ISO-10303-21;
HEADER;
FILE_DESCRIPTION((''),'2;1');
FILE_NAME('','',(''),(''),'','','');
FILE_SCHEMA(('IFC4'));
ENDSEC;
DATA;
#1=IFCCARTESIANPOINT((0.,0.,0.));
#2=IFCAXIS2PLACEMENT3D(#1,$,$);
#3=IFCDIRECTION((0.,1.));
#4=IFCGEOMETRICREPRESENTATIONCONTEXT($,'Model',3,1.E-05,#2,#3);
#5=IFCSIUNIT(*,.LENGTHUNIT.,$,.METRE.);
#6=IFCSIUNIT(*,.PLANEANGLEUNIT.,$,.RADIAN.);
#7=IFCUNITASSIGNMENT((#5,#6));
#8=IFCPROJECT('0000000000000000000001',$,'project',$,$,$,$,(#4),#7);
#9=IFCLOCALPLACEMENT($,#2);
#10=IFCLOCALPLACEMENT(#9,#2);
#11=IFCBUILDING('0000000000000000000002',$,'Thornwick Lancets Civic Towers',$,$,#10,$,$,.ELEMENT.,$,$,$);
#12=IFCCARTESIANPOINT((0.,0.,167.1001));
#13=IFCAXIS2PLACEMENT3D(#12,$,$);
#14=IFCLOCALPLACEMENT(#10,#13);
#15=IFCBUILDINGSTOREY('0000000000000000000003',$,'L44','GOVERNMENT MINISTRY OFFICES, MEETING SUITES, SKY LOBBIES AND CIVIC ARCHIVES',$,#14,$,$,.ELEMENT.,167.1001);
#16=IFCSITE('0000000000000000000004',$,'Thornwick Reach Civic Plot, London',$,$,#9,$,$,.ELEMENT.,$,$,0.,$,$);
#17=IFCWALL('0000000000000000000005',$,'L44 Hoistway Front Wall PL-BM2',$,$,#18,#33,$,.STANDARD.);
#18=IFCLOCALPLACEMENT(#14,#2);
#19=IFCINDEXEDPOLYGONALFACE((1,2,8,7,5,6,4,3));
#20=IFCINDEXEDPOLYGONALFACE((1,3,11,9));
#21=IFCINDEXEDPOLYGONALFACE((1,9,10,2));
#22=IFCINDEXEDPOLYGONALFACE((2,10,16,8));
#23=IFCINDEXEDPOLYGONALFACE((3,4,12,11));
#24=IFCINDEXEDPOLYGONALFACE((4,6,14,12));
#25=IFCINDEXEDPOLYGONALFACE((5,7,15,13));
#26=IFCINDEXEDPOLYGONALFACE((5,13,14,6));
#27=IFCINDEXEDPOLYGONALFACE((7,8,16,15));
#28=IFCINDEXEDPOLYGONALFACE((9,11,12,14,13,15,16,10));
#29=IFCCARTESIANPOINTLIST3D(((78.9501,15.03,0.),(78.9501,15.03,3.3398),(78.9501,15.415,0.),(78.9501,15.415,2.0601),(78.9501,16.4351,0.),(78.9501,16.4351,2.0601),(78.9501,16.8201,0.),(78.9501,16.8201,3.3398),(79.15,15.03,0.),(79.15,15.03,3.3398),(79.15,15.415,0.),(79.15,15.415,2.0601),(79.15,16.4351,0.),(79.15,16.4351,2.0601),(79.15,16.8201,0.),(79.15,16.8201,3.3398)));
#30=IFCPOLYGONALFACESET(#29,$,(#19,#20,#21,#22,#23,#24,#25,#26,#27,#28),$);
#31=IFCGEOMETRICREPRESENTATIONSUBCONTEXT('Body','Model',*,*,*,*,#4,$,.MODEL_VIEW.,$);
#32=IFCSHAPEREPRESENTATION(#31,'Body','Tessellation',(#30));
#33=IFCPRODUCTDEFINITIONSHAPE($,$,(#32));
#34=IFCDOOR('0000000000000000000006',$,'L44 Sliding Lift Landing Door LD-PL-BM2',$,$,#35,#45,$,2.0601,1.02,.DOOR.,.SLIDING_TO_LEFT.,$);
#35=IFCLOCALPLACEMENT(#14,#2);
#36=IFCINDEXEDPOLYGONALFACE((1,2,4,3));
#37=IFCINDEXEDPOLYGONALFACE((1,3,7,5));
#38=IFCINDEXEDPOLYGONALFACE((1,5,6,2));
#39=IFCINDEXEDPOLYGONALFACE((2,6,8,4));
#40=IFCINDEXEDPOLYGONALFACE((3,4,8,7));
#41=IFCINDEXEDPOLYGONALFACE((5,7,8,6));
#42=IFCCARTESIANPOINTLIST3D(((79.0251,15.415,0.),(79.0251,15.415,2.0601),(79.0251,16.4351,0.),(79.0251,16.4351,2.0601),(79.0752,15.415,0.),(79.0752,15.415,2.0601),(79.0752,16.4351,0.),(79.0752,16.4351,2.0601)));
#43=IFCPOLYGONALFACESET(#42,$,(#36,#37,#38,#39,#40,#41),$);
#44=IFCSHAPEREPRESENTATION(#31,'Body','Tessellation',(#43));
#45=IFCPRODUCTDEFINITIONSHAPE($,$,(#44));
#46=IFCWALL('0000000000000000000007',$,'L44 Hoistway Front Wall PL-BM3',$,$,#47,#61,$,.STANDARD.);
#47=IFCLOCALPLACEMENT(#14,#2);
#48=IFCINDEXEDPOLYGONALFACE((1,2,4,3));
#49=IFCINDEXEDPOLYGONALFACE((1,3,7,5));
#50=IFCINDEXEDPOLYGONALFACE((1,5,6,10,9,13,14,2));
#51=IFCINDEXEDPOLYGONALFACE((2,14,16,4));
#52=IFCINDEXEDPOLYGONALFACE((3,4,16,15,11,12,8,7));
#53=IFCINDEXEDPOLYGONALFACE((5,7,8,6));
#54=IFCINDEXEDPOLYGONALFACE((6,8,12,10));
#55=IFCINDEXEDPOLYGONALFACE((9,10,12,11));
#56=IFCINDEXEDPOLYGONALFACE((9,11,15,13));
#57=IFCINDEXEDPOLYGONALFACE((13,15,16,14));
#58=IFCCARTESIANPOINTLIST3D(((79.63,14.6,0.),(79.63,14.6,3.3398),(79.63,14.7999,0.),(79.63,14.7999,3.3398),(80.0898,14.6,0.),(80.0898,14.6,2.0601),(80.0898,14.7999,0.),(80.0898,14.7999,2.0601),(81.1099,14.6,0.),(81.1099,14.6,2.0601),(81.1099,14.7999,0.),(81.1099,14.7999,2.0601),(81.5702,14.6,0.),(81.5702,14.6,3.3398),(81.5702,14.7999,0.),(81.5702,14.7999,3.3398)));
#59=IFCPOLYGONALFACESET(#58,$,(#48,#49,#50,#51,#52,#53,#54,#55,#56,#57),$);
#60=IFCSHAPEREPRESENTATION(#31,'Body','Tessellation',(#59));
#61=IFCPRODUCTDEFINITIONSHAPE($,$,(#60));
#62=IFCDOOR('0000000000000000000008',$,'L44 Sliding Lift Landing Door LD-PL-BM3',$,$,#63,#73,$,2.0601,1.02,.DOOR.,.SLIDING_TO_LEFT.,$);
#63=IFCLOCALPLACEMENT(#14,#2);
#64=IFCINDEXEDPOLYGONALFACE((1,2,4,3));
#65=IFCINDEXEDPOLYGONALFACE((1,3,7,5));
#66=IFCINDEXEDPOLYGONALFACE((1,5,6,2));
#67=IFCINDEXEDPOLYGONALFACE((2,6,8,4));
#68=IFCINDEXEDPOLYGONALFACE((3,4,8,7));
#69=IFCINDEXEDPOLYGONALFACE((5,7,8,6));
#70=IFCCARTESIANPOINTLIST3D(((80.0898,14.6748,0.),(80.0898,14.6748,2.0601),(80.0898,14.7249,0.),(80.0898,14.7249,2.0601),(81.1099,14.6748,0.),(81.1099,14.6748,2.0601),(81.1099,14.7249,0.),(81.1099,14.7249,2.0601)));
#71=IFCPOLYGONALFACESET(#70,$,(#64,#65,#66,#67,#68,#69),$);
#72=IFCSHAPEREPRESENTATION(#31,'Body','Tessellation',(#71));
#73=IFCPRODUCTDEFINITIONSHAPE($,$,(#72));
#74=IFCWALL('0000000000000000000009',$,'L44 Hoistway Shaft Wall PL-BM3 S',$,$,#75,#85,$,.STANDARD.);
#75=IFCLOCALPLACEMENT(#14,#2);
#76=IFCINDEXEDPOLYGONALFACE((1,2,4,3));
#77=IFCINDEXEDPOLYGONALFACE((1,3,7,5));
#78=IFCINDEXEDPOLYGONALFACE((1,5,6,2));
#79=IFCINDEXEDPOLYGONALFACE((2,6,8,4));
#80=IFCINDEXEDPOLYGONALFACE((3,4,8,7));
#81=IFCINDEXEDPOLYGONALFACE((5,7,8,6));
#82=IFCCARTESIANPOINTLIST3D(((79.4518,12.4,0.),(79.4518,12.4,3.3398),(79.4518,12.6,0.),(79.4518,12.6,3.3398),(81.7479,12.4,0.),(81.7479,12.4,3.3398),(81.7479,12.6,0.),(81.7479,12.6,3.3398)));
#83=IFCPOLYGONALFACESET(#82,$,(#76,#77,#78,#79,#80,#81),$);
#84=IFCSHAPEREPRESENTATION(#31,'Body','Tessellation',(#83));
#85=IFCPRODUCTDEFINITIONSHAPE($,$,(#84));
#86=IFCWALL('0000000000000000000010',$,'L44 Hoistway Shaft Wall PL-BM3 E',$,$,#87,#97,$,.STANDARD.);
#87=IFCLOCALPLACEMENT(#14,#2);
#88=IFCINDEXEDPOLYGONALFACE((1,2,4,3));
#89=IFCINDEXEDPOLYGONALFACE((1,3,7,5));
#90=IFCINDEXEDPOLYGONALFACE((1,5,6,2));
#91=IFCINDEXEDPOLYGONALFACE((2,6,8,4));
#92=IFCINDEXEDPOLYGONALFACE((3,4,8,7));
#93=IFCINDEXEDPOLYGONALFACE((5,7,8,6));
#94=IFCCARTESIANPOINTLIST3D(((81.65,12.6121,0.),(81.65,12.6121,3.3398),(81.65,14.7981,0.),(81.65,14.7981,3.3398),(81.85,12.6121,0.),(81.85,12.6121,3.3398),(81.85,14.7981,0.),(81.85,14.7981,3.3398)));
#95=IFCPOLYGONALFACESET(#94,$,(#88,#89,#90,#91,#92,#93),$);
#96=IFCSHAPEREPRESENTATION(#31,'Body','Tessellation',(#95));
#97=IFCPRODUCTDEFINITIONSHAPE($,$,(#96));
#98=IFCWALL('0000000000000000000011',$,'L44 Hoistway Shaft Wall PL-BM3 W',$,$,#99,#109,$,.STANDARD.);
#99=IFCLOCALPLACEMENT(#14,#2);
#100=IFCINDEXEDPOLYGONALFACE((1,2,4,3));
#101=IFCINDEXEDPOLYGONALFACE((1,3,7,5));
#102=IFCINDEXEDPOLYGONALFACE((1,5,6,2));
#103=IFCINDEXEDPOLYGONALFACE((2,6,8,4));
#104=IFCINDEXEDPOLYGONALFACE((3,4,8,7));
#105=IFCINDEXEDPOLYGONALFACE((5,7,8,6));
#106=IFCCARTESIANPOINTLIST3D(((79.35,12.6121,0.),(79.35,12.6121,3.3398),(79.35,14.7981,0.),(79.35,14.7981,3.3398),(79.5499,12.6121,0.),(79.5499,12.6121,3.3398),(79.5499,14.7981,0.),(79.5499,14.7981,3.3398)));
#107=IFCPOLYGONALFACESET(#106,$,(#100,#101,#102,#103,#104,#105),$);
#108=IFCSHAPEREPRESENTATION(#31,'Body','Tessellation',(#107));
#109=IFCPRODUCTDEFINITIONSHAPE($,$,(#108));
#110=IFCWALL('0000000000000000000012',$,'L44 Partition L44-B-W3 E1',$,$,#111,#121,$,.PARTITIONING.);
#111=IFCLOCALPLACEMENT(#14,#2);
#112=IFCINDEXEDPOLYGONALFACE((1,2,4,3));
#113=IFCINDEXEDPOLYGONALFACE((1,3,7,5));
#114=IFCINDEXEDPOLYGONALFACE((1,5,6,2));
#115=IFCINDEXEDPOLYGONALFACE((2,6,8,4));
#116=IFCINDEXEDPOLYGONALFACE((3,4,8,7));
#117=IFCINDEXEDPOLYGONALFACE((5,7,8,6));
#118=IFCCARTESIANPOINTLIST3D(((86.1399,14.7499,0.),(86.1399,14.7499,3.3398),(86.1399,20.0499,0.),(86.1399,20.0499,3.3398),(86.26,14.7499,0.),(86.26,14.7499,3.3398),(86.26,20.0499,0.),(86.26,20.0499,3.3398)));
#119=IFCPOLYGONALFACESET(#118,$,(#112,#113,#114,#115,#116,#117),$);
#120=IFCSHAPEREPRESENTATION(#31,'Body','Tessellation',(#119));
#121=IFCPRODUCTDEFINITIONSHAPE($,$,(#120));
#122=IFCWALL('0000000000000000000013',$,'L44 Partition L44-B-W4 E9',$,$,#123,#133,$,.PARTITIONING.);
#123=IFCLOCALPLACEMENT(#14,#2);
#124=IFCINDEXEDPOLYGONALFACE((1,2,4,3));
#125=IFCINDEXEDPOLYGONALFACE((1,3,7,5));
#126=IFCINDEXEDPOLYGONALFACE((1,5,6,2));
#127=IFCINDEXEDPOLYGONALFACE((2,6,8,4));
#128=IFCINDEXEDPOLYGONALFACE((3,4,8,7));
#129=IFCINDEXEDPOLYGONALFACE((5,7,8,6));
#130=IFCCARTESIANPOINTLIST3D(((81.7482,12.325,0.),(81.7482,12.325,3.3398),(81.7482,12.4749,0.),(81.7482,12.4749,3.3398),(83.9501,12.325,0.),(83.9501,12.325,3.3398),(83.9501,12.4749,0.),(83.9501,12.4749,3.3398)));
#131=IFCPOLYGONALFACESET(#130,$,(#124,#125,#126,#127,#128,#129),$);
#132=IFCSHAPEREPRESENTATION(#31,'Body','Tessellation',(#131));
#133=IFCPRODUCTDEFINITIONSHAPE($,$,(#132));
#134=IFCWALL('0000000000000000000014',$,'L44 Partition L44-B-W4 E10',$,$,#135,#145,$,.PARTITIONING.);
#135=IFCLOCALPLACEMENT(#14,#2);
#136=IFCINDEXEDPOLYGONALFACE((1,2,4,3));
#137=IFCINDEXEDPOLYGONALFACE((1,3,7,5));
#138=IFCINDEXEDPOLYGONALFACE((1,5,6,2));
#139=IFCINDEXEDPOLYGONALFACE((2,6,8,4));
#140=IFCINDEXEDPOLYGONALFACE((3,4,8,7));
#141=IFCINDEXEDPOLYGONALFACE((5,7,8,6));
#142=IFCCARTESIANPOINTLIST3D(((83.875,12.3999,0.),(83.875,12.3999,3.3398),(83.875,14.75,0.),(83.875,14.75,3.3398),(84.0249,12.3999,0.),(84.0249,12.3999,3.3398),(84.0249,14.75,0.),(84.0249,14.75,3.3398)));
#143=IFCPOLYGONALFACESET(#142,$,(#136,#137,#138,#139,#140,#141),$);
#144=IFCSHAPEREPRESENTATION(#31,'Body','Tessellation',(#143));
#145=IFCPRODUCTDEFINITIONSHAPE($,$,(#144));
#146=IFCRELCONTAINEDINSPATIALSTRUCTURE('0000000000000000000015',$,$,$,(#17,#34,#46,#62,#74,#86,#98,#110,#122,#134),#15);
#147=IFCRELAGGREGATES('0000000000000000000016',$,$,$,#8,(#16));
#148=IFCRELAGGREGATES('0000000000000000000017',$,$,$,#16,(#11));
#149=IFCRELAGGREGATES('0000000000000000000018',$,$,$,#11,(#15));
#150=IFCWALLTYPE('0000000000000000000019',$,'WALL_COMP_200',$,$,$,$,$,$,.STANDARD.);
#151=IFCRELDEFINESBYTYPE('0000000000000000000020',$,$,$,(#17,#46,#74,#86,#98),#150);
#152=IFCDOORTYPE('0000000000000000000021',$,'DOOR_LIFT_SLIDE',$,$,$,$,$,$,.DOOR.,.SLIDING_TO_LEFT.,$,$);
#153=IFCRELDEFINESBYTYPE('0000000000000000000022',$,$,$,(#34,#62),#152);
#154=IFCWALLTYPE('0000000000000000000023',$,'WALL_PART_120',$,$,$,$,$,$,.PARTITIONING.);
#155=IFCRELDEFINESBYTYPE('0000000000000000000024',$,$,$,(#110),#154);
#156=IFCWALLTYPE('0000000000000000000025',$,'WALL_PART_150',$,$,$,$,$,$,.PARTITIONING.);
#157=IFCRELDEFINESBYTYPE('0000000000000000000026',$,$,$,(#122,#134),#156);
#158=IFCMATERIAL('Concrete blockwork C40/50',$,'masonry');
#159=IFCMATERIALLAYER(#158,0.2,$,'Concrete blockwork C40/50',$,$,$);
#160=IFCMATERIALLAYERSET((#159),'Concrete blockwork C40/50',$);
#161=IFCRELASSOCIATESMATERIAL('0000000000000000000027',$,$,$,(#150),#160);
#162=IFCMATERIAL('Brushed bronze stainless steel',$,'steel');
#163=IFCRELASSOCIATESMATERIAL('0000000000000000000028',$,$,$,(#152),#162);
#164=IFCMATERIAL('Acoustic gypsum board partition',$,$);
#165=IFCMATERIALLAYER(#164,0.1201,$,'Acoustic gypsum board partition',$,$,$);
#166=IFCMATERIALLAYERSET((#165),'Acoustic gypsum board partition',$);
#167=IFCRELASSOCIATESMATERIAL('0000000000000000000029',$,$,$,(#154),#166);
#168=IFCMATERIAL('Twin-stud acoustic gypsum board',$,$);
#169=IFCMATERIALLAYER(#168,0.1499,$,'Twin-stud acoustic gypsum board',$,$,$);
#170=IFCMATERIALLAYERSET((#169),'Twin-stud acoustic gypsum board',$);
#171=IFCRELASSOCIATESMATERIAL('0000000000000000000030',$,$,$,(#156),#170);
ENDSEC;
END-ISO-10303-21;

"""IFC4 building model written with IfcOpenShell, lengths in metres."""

from ifc_helpers import new_model, si_unit, direction, frame, frame_2d, origin, place, context, subcontext, project, spatial, rectangle, extrude, material, layer, layer_set, type_object, element, fill, save


model = new_model("IFC4")

# Units and contexts
model_context = context("Model", 3, precision=1e-05, world=origin(), true_north=direction((0.0, 1.0)))
body_context = subcontext(model_context, "Body", "Model", "MODEL_VIEW")
ifc_project = project(units=[si_unit("LENGTHUNIT", "METRE"), si_unit("PLANEANGLEUNIT", "RADIAN")], contexts=[model_context])

# Site, building, storey
site_placement = place(None, origin())
site = spatial("IfcSite", under=ifc_project, at=site_placement, Name="Thornwick Reach Civic Plot, London", CompositionType="ELEMENT", RefElevation=0.0)
building_placement = place(site_placement, origin())
building = spatial("IfcBuilding", under=site, at=building_placement, Name="Thornwick Lancets Civic Towers", CompositionType="ELEMENT")
storey_placement = place(building_placement, frame((0.0, 0.0, 167.1001)))
storey = spatial("IfcBuildingStorey", under=building, at=storey_placement, Name="L44", Description="GOVERNMENT MINISTRY OFFICES, MEETING SUITES, SKY LOBBIES AND CIVIC ARCHIVES", CompositionType="ELEMENT", Elevation=167.1001)

# Walls, openings, doors
ifc_material_1 = material(Name="Concrete blockwork C40/50", Category="masonry")
ifc_layer_1 = layer(ifc_material_1, 0.2, Name="Concrete blockwork C40/50")
ifc_layer_set_1 = layer_set([ifc_layer_1], Name="Concrete blockwork C40/50")
wall_type_1 = type_object("IfcWallType", Name="WALL_COMP_200", PredefinedType="STANDARD", material=ifc_layer_set_1)
ifc_material_2 = material(Name="Brushed bronze stainless steel", Category="steel")
door_type_1 = type_object("IfcDoorType", Name="DOOR_LIFT_SLIDE", OperationType="SLIDING_TO_LEFT", PredefinedType="DOOR", material=ifc_material_2)
wall_1_placement = place(storey_placement, frame((79.05, 15.03, 0.0), z_axis=(0.0, 0.0, 1.0), x_axis=(0.0, 1.0, 0.0)))
wall_1 = element("IfcWall", 1, at=wall_1_placement, inside=storey, type_object=wall_type_1, Name="L44 Hoistway Front Wall PL-BM2", PredefinedType="STANDARD", context=body_context, shape_type="SweptSolid", body=[
    extrude(rectangle(XDim=1.79, YDim=0.2, at=frame_2d((0.895, 0.0))), origin(), (0.0, 0.0, 1.0), 3.3398),
])
opening_1_placement = place(wall_1_placement, frame((0.385, 0.0, 0.0)))
opening_1 = element("IfcOpeningElement", 2, at=opening_1_placement, cuts=wall_1, PredefinedType="OPENING", context=body_context, shape_type="SweptSolid", body=[
    extrude(rectangle(XDim=1.02, YDim=2.0601, at=frame_2d((0.51, 1.03))), frame((0.0, 0.1099, 0.0), z_axis=(0.0, -1.0, 0.0), x_axis=(1.0, 0.0, 0.0)), (0.0, 0.0, 1.0), 0.22),
])
door_1_placement = place(opening_1_placement, origin())
door_1 = element("IfcDoor", 3, at=door_1_placement, inside=storey, type_object=door_type_1, Name="L44 Sliding Lift Landing Door LD-PL-BM2", OperationType="SLIDING_TO_LEFT", OverallHeight=2.0601, OverallWidth=1.02, PredefinedType="DOOR", context=body_context, shape_type="SweptSolid", body=[
    extrude(rectangle(XDim=1.02, YDim=2.0601, at=frame_2d((0.51, 1.03))), frame((0.0, 0.0249, 0.0), z_axis=(0.0, -1.0, 0.0), x_axis=(1.0, 0.0, 0.0)), (0.0, 0.0, 1.0), 0.05),
])
fill(opening_1, door_1)
wall_2_placement = place(storey_placement, frame((79.6299, 14.7, 0.0), z_axis=(0.0, 0.0, 1.0), x_axis=(1.0, 0.0, 0.0)))
wall_2 = element("IfcWall", 4, at=wall_2_placement, inside=storey, type_object=wall_type_1, Name="L44 Hoistway Front Wall PL-BM3", PredefinedType="STANDARD", context=body_context, shape_type="SweptSolid", body=[
    extrude(rectangle(XDim=1.9402, YDim=0.2, at=frame_2d((0.9702, 0.0))), origin(), (0.0, 0.0, 1.0), 3.3398),
])
opening_2_placement = place(wall_2_placement, frame((0.46, 0.0, 0.0)))
opening_2 = element("IfcOpeningElement", 5, at=opening_2_placement, cuts=wall_2, PredefinedType="OPENING", context=body_context, shape_type="SweptSolid", body=[
    extrude(rectangle(XDim=1.02, YDim=2.0601, at=frame_2d((0.51, 1.03))), frame((0.0, 0.1099, 0.0), z_axis=(0.0, -1.0, 0.0), x_axis=(1.0, 0.0, 0.0)), (0.0, 0.0, 1.0), 0.22),
])
door_2_placement = place(opening_2_placement, origin())
door_2 = element("IfcDoor", 6, at=door_2_placement, inside=storey, type_object=door_type_1, Name="L44 Sliding Lift Landing Door LD-PL-BM3", OperationType="SLIDING_TO_LEFT", OverallHeight=2.0601, OverallWidth=1.02, PredefinedType="DOOR", context=body_context, shape_type="SweptSolid", body=[
    extrude(rectangle(XDim=1.02, YDim=2.0601, at=frame_2d((0.51, 1.03))), frame((0.0, 0.0249, 0.0), z_axis=(0.0, -1.0, 0.0), x_axis=(1.0, 0.0, 0.0)), (0.0, 0.0, 1.0), 0.05),
])
fill(opening_2, door_2)

# Walls
wall_3_placement = place(storey_placement, frame((79.4519, 12.5, 0.0), z_axis=(0.0, 0.0, 1.0), x_axis=(1.0, 0.0, 0.0)))
element("IfcWall", 7, at=wall_3_placement, inside=storey, type_object=wall_type_1, Name="L44 Hoistway Shaft Wall PL-BM3 S", PredefinedType="STANDARD", context=body_context, shape_type="SweptSolid", body=[
    extrude(rectangle(XDim=2.2961, YDim=0.2, at=frame_2d((1.1479, 0.0))), origin(), (0.0, 0.0, 1.0), 3.3398),
])
for number, where, z_axis, x_axis, name in (
    (8, (81.75, 12.6121, 0.0), (0.0, 0.0, 1.0), (0.0, 1.0, 0.0), "L44 Hoistway Shaft Wall PL-BM3 E"),
    (9, (79.45, 12.6121, 0.0), (0.0, 0.0, 1.0), (0.0, 1.0, 0.0), "L44 Hoistway Shaft Wall PL-BM3 W"),
):
    element("IfcWall", number, at=place(storey_placement, frame(where, z_axis=z_axis, x_axis=x_axis)), inside=storey, type_object=wall_type_1, Name=name, PredefinedType="STANDARD", context=body_context, shape_type="SweptSolid", body=[
        extrude(rectangle(XDim=2.186, YDim=0.2, at=frame_2d((1.093, 0.0))), origin(), (0.0, 0.0, 1.0), 3.3398),
    ])
ifc_material_3 = material(Name="Acoustic gypsum board partition")
ifc_layer_2 = layer(ifc_material_3, 0.1201, Name="Acoustic gypsum board partition")
ifc_layer_set_2 = layer_set([ifc_layer_2], Name="Acoustic gypsum board partition")
wall_type_2 = type_object("IfcWallType", Name="WALL_PART_120", PredefinedType="PARTITIONING", material=ifc_layer_set_2)
wall_4_placement = place(storey_placement, frame((86.2, 14.75, 0.0), z_axis=(0.0, 0.0, 1.0), x_axis=(0.0, 1.0, 0.0)))
element("IfcWall", 10, at=wall_4_placement, inside=storey, type_object=wall_type_2, Name="L44 Partition L44-B-W3 E1", PredefinedType="PARTITIONING", context=body_context, shape_type="SweptSolid", body=[
    extrude(rectangle(XDim=5.3, YDim=0.1201, at=frame_2d((2.6499, 0.0))), origin(), (0.0, 0.0, 1.0), 3.3398),
])

# Shared definitions
ifc_material_4 = material(Name="Twin-stud acoustic gypsum board")
ifc_layer_3 = layer(ifc_material_4, 0.1499, Name="Twin-stud acoustic gypsum board")
ifc_layer_set_3 = layer_set([ifc_layer_3], Name="Twin-stud acoustic gypsum board")
wall_type_3 = type_object("IfcWallType", Name="WALL_PART_150", PredefinedType="PARTITIONING", material=ifc_layer_set_3)

# Walls
wall_5_placement = place(storey_placement, frame((81.748, 12.3999, 0.0), z_axis=(0.0, 0.0, 1.0), x_axis=(1.0, 0.0, 0.0)))
element("IfcWall", 11, at=wall_5_placement, inside=storey, type_object=wall_type_3, Name="L44 Partition L44-B-W4 E9", PredefinedType="PARTITIONING", context=body_context, shape_type="SweptSolid", body=[
    extrude(rectangle(XDim=2.2019, YDim=0.1499, at=frame_2d((1.1011, 0.0))), origin(), (0.0, 0.0, 1.0), 3.3398),
])
wall_6_placement = place(storey_placement, frame((83.95, 12.3999, 0.0), z_axis=(0.0, 0.0, 1.0), x_axis=(0.0, 1.0, 0.0)))
element("IfcWall", 12, at=wall_6_placement, inside=storey, type_object=wall_type_3, Name="L44 Partition L44-B-W4 E10", PredefinedType="PARTITIONING", context=body_context, shape_type="SweptSolid", body=[
    extrude(rectangle(XDim=2.3501, YDim=0.1499, at=frame_2d((1.175, 0.0))), origin(), (0.0, 0.0, 1.0), 3.3398),
])

save(model, "model.ifc")
